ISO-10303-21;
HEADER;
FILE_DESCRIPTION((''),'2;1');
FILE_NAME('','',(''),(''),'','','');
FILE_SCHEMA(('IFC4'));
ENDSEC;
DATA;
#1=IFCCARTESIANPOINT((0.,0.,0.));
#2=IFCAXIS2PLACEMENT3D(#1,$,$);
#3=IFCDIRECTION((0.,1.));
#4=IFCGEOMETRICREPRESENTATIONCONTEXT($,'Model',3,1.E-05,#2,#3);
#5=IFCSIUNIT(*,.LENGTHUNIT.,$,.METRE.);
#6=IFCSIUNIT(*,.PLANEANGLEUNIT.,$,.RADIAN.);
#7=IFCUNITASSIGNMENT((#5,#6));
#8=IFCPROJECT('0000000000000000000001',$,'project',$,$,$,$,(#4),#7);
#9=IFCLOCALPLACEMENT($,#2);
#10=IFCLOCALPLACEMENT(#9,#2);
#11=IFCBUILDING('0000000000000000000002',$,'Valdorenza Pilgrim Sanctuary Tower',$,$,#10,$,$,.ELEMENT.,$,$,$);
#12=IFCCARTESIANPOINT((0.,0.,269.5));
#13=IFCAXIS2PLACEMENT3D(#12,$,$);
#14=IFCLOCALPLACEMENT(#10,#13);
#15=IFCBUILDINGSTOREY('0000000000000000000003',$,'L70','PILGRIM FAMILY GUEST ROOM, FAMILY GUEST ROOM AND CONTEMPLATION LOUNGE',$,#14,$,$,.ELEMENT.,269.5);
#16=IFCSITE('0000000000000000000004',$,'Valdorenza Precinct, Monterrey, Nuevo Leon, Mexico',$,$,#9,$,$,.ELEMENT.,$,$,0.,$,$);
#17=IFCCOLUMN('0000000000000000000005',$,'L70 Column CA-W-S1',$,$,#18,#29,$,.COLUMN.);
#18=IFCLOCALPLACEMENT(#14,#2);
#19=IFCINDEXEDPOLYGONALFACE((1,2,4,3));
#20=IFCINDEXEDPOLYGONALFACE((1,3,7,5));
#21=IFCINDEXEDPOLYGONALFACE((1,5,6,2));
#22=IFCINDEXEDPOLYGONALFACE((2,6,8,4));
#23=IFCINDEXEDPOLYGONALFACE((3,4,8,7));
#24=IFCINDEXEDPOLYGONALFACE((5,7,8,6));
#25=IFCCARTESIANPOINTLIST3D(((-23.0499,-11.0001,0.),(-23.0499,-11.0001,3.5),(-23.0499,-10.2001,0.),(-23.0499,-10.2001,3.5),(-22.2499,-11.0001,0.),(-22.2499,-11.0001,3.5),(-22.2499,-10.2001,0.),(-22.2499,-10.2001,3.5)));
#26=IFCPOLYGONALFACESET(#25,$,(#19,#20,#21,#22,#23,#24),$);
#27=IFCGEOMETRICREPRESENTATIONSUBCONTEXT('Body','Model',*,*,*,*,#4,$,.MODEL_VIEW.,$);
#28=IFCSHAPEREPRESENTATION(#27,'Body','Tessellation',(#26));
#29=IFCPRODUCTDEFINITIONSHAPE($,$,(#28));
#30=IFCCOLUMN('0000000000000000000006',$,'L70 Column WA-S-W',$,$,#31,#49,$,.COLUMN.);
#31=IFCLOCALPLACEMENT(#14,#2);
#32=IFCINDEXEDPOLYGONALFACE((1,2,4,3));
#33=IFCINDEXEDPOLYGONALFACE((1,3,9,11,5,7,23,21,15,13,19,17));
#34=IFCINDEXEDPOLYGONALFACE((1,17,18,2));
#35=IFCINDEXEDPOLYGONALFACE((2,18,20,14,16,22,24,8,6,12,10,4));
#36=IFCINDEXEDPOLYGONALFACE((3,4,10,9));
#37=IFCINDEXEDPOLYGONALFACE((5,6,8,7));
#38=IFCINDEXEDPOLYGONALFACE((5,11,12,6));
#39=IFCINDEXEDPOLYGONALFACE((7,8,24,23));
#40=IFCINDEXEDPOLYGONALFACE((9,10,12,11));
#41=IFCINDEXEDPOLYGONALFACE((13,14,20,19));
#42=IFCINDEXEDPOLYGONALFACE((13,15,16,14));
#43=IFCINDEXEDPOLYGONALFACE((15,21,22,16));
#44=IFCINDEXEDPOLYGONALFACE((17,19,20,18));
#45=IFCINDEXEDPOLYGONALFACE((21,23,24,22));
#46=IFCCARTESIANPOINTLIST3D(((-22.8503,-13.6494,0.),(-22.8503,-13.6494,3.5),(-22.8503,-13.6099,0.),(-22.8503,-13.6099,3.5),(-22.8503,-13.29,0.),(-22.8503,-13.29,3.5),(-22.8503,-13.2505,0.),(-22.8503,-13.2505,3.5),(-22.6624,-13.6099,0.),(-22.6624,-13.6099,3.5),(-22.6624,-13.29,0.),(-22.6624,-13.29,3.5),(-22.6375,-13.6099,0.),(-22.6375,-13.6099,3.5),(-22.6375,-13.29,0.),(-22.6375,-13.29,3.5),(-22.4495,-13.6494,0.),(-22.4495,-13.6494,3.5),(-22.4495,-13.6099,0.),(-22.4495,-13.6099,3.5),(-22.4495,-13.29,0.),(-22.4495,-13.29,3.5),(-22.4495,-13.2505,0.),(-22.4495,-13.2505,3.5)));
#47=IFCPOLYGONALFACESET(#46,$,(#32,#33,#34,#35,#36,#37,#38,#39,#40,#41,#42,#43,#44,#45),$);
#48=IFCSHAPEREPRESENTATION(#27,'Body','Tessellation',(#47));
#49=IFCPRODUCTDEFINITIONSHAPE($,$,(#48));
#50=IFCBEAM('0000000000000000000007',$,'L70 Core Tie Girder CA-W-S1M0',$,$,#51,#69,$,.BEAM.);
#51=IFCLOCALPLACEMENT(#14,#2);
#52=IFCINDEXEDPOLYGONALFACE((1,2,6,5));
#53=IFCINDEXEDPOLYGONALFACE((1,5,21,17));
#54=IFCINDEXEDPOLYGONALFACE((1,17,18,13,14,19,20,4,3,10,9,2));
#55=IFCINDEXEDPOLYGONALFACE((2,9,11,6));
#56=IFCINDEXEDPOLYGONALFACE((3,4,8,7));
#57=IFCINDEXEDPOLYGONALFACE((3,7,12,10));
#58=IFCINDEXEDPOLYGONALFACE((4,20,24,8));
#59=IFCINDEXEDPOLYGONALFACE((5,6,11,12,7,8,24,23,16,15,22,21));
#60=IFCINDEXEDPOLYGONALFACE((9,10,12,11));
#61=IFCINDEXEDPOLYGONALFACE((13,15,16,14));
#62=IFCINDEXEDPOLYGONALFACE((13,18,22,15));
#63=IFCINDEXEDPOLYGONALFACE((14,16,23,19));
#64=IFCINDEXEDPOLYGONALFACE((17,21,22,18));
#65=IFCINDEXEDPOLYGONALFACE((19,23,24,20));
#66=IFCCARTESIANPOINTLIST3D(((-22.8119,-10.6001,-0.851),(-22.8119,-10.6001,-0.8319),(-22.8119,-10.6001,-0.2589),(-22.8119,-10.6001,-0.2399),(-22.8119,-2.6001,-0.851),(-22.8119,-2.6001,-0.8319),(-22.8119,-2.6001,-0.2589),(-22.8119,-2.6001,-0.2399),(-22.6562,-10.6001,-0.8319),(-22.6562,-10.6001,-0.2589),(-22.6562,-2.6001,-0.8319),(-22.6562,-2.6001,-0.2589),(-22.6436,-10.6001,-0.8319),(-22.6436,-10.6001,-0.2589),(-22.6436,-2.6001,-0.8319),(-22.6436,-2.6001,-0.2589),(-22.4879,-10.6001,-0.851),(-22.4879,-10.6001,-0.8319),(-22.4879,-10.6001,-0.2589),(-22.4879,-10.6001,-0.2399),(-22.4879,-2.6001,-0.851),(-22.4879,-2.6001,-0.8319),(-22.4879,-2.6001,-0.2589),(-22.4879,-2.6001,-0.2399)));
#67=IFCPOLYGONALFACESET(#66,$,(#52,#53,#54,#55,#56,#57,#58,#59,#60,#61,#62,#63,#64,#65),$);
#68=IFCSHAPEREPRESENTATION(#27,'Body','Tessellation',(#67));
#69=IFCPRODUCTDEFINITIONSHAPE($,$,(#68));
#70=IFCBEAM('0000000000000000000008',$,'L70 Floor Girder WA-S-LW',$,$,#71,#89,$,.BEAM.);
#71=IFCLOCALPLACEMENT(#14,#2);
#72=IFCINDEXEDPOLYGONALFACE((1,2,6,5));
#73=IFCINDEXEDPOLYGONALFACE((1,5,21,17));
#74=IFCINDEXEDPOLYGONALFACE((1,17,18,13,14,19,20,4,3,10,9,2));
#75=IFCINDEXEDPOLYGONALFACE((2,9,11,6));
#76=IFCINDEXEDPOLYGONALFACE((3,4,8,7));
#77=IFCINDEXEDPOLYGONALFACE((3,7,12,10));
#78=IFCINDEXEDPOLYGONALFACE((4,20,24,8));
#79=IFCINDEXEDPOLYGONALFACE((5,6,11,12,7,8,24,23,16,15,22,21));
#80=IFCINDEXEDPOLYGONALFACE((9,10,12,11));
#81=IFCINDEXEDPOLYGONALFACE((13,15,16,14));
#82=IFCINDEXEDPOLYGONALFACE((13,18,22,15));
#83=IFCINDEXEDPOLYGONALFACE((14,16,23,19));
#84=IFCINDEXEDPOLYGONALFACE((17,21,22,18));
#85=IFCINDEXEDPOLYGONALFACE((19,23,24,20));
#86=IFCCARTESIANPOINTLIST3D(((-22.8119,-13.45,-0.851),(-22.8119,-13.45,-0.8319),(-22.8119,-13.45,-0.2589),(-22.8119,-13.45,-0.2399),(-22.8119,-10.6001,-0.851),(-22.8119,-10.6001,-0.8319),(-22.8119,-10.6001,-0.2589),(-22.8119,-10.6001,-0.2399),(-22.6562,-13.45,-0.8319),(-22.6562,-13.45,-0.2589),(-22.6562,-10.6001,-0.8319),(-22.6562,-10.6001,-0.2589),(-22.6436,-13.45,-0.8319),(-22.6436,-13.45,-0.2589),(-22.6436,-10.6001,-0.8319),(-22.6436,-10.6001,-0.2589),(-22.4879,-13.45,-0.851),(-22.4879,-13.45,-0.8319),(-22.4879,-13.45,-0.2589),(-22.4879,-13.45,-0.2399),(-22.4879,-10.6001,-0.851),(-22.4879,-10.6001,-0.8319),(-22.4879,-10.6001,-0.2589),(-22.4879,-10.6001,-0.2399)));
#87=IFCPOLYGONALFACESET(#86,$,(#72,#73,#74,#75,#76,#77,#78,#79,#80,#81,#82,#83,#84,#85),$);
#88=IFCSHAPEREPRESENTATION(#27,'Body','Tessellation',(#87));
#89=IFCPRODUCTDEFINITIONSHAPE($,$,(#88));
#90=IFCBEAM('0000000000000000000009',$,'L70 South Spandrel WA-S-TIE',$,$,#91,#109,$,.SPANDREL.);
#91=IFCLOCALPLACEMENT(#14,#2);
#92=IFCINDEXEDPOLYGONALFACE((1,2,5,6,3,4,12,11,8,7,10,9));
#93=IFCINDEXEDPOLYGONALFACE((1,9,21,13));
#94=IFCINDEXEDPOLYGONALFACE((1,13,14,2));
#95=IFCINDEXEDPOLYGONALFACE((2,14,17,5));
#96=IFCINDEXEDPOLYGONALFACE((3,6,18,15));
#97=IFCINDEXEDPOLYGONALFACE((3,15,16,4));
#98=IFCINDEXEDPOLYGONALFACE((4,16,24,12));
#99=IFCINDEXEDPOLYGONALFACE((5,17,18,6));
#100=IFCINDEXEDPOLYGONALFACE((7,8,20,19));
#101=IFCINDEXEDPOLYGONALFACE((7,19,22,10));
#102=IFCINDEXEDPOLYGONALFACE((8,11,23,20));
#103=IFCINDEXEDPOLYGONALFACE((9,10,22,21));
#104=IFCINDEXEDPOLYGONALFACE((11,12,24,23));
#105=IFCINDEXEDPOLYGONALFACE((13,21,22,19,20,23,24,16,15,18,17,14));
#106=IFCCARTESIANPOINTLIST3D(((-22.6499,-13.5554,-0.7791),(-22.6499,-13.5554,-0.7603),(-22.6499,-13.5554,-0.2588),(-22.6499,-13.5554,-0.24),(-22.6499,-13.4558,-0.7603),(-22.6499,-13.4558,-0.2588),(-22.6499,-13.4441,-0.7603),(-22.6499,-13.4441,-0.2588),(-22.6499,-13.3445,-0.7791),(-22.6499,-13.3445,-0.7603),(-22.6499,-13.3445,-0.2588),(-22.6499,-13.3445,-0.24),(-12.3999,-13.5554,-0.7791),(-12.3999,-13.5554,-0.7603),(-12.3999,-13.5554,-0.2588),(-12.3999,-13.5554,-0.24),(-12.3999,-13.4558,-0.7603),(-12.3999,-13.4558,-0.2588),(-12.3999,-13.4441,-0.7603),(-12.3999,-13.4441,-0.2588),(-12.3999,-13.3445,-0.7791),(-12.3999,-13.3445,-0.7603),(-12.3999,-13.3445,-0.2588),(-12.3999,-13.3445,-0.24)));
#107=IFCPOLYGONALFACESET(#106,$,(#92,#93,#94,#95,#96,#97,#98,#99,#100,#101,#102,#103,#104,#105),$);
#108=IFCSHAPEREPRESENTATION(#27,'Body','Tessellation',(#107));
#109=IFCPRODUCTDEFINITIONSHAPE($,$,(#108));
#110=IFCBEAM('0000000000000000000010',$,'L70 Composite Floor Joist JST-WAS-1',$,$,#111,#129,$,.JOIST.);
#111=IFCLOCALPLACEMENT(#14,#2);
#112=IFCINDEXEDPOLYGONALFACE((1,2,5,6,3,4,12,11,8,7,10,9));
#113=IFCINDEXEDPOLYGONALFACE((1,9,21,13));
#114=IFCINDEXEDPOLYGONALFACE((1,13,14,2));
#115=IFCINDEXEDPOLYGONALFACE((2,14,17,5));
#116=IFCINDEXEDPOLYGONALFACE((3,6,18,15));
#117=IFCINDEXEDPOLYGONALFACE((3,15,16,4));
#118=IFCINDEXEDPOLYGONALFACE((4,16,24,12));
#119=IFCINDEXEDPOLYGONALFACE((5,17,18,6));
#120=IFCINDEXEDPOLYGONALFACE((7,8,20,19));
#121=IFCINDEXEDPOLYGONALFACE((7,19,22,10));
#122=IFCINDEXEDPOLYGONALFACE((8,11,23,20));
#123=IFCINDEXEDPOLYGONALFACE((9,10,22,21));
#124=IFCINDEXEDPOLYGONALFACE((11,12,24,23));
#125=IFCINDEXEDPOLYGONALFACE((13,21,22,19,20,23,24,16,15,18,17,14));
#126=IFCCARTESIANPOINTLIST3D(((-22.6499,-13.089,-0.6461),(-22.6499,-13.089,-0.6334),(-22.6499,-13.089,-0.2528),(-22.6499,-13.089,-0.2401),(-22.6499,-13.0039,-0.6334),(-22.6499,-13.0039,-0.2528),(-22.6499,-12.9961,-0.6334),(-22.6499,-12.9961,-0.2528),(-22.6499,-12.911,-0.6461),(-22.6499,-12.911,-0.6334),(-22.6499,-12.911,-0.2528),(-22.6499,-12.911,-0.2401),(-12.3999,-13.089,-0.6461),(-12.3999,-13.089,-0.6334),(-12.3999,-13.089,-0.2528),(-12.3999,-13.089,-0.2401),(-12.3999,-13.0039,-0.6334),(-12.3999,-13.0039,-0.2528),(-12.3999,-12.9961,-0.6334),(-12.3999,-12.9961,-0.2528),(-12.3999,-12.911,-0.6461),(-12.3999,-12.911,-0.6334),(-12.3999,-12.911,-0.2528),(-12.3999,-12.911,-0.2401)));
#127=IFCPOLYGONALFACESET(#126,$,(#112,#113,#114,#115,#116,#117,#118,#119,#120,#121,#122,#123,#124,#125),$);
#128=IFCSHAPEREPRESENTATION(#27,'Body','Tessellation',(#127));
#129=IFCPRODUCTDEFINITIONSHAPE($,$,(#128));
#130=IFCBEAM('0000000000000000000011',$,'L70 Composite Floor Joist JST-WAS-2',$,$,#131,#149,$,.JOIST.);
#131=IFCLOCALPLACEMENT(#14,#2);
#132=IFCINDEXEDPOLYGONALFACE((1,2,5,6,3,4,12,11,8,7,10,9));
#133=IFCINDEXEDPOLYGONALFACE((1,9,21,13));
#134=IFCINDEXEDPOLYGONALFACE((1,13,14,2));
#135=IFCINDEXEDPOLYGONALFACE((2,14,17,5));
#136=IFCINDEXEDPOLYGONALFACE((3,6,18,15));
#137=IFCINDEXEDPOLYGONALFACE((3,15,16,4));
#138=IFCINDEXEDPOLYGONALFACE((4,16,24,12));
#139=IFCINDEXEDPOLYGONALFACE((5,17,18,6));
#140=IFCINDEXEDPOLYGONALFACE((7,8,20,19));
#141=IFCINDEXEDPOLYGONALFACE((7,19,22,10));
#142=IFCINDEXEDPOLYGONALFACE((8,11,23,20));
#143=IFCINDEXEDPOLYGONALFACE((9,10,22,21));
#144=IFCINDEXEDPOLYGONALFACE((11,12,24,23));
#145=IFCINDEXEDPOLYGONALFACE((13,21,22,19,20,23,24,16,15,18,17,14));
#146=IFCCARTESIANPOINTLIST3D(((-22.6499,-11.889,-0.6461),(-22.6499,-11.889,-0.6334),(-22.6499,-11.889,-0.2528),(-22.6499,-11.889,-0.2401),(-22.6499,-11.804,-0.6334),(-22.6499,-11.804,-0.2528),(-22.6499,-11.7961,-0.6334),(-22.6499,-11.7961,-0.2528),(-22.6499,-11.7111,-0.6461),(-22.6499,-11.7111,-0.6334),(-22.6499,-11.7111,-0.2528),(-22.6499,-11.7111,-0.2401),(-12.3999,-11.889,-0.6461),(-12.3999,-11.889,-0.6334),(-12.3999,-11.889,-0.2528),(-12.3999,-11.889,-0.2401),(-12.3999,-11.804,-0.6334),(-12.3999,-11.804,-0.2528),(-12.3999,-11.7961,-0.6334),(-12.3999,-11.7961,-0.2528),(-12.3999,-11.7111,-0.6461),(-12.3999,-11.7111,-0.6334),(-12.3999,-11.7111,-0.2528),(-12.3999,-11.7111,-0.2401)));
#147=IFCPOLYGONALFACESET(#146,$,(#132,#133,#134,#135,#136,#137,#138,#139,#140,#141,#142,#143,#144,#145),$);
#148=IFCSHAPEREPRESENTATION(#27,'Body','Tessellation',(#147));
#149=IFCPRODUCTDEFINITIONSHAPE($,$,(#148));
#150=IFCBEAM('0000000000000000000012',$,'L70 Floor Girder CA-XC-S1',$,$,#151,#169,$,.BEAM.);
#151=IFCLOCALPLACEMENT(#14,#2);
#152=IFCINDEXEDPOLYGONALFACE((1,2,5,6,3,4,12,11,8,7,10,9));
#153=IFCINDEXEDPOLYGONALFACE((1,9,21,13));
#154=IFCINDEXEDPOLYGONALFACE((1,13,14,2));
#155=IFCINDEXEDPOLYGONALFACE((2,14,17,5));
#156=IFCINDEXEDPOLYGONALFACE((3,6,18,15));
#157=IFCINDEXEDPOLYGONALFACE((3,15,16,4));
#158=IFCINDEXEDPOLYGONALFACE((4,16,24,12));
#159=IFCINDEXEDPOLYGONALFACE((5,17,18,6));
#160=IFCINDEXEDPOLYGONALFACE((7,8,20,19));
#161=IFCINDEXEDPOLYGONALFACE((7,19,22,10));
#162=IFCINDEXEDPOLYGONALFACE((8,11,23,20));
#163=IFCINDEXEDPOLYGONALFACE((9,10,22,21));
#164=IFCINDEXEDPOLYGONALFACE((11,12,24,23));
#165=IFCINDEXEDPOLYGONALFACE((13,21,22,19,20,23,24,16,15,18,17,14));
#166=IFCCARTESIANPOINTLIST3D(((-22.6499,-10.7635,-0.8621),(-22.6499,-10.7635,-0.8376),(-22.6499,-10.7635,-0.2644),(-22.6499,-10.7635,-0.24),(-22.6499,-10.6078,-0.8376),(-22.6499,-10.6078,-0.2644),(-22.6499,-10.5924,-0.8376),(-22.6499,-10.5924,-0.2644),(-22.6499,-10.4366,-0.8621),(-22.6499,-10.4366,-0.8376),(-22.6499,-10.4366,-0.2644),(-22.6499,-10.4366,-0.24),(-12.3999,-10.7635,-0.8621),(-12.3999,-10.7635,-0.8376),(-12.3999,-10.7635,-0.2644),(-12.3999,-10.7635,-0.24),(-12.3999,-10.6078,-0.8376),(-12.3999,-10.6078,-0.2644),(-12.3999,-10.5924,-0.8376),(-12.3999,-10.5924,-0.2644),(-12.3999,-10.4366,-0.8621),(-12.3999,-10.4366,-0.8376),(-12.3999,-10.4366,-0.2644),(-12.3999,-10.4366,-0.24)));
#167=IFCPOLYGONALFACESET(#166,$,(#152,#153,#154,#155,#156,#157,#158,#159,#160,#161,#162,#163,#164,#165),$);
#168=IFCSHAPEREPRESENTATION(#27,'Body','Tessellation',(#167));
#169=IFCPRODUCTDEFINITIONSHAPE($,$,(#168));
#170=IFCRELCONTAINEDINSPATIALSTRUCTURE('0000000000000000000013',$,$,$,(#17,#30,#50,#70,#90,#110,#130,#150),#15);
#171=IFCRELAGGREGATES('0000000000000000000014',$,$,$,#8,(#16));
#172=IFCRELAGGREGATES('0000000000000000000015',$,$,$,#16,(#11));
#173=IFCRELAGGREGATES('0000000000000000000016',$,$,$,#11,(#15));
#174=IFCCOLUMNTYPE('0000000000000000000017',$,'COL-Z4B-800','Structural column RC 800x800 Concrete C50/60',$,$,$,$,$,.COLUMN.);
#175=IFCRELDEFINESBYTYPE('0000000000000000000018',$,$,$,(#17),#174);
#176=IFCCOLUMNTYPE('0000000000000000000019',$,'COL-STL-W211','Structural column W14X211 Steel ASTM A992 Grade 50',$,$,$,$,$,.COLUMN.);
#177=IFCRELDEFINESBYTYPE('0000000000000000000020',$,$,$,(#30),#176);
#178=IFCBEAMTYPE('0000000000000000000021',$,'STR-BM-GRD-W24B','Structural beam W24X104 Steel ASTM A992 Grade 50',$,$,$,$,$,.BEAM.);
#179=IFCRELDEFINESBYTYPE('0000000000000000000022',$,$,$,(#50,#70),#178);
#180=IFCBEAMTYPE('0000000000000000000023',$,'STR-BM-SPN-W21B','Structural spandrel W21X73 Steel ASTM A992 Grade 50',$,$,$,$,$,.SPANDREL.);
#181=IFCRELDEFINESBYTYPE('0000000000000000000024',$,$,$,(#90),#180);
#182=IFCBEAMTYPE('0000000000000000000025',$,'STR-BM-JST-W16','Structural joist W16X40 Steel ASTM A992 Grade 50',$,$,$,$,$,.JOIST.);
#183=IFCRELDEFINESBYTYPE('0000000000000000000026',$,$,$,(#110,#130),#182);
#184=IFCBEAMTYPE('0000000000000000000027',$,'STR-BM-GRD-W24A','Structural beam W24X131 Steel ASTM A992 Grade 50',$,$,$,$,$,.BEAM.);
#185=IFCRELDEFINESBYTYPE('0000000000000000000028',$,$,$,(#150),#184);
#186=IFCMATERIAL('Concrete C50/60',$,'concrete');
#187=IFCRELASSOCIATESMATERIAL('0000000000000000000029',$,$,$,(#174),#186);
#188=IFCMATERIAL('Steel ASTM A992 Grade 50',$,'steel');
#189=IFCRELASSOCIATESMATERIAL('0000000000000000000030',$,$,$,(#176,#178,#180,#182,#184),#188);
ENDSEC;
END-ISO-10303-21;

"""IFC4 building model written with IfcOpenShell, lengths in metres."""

from ifc_helpers import new_model, si_unit, direction, frame, origin, origin_2d, place, context, subcontext, project, spatial, rectangle, i_section, extrude, source, transform, mapped, material, material_profile, profile_set, type_object, element, save


model = new_model("IFC4")

# Units and contexts
model_context = context("Model", 3, precision=1e-05, world=origin(), true_north=direction((0.0, 1.0)))
body_context = subcontext(model_context, "Body", "Model", "MODEL_VIEW")
ifc_project = project(units=[si_unit("LENGTHUNIT", "METRE"), si_unit("PLANEANGLEUNIT", "RADIAN")], contexts=[model_context])

# Site, building, storey
site_placement = place(None, origin())
site = spatial("IfcSite", under=ifc_project, at=site_placement, Name="Valdorenza Precinct, Monterrey, Nuevo Leon, Mexico", CompositionType="ELEMENT", RefElevation=0.0)
building_placement = place(site_placement, origin())
building = spatial("IfcBuilding", under=site, at=building_placement, Name="Valdorenza Pilgrim Sanctuary Tower", CompositionType="ELEMENT")
storey_placement = place(building_placement, frame((0.0, 0.0, 269.5)))
storey = spatial("IfcBuildingStorey", under=building, at=storey_placement, Name="L70", Description="PILGRIM FAMILY GUEST ROOM, FAMILY GUEST ROOM AND CONTEMPLATION LOUNGE", CompositionType="ELEMENT", Elevation=269.5)

# Columns
ifc_material_1 = material(Name="Concrete C50/60", Category="concrete")
ifc_material_profile_1 = material_profile(ifc_material_1, rectangle(XDim=0.8, YDim=0.8, at=origin_2d()), Name="RC 800x800")
ifc_profile_set_1 = profile_set([ifc_material_profile_1], Name="Concrete C50/60")
column_type_1 = type_object("IfcColumnType", Name="COL-Z4B-800", Description="Structural column RC 800x800 Concrete C50/60", PredefinedType="COLUMN", material=ifc_profile_set_1)
shared_shape_1 = source(origin(), body_context, "Body", "SweptSolid", [
    extrude(rectangle(XDim=0.8, YDim=0.8, at=origin_2d()), origin(), (0.0, 0.0, 1.0), 3.5),
])
column_1_placement = place(storey_placement, frame((-22.6499, -10.6001, 0.0), z_axis=(0.0, 0.0, 1.0), x_axis=(1.0, 0.0, 0.0)))
element("IfcColumn", 1, at=column_1_placement, inside=storey, type_object=column_type_1, Name="L70 Column CA-W-S1", PredefinedType="COLUMN", context=body_context, shape_type="MappedRepresentation", body=[
    mapped(shared_shape_1, transform((0.0, 0.0, 0.0), x_axis=(1.0, 0.0, 0.0), y_axis=(0.0, 1.0, 0.0), z_axis=(0.0, 0.0, 1.0), scale=1.0)),
])
ifc_material_2 = material(Name="Steel ASTM A992 Grade 50", Category="steel")
ifc_material_profile_2 = material_profile(ifc_material_2, i_section(OverallWidth=0.4009, OverallDepth=0.3989, WebThickness=0.0249, FlangeThickness=0.0396, at=origin_2d()), Name="W14X211")
ifc_profile_set_2 = profile_set([ifc_material_profile_2], Name="Steel ASTM A992 Grade 50")
column_type_2 = type_object("IfcColumnType", Name="COL-STL-W211", Description="Structural column W14X211 Steel ASTM A992 Grade 50", PredefinedType="COLUMN", material=ifc_profile_set_2)
shared_shape_2 = source(origin(), body_context, "Body", "SweptSolid", [
    extrude(i_section(OverallWidth=0.4009, OverallDepth=0.3989, WebThickness=0.0249, FlangeThickness=0.0396, at=origin_2d()), origin(), (0.0, 0.0, 1.0), 3.5),
])
column_2_placement = place(storey_placement, frame((-22.6499, -13.45, 0.0), z_axis=(0.0, 0.0, 1.0), x_axis=(1.0, 0.0, 0.0)))
element("IfcColumn", 2, at=column_2_placement, inside=storey, type_object=column_type_2, Name="L70 Column WA-S-W", PredefinedType="COLUMN", context=body_context, shape_type="MappedRepresentation", body=[
    mapped(shared_shape_2, transform((0.0, 0.0, 0.0), x_axis=(1.0, 0.0, 0.0), y_axis=(0.0, 1.0, 0.0), z_axis=(0.0, 0.0, 1.0), scale=1.0)),
])

# Beams
ifc_material_profile_3 = material_profile(ifc_material_2, i_section(OverallWidth=0.324, OverallDepth=0.6111, WebThickness=0.0127, FlangeThickness=0.019, at=origin_2d()), Name="W24X104")
ifc_profile_set_3 = profile_set([ifc_material_profile_3], Name="Steel ASTM A992 Grade 50")
beam_type_1 = type_object("IfcBeamType", Name="STR-BM-GRD-W24B", Description="Structural beam W24X104 Steel ASTM A992 Grade 50", PredefinedType="BEAM", material=ifc_profile_set_3)
shared_shape_3 = source(origin(), body_context, "Body", "SweptSolid", [
    extrude(i_section(OverallWidth=0.324, OverallDepth=0.6111, WebThickness=0.0127, FlangeThickness=0.019, at=origin_2d()), origin(), (0.0, 0.0, 1.0), 8.0),
])
beam_1_placement = place(storey_placement, frame((-22.6499, -10.6001, -0.5454), z_axis=(0.0, 1.0, 0.0), x_axis=(-1.0, 0.0, 0.0)))
element("IfcBeam", 3, at=beam_1_placement, inside=storey, type_object=beam_type_1, Name="L70 Core Tie Girder CA-W-S1M0", PredefinedType="BEAM", context=body_context, shape_type="MappedRepresentation", body=[
    mapped(shared_shape_3, transform((0.0, 0.0, 0.0), x_axis=(1.0, 0.0, 0.0), y_axis=(0.0, 1.0, 0.0), z_axis=(0.0, 0.0, 1.0), scale=1.0)),
])
shared_shape_4 = source(origin(), body_context, "Body", "SweptSolid", [
    extrude(i_section(OverallWidth=0.324, OverallDepth=0.6111, WebThickness=0.0127, FlangeThickness=0.019, at=origin_2d()), origin(), (0.0, 0.0, 1.0), 2.8499),
])
beam_2_placement = place(storey_placement, frame((-22.6499, -13.45, -0.5454), z_axis=(0.0, 1.0, 0.0), x_axis=(-1.0, 0.0, 0.0)))
element("IfcBeam", 4, at=beam_2_placement, inside=storey, type_object=beam_type_1, Name="L70 Floor Girder WA-S-LW", PredefinedType="BEAM", context=body_context, shape_type="MappedRepresentation", body=[
    mapped(shared_shape_4, transform((0.0, 0.0, 0.0), x_axis=(1.0, 0.0, 0.0), y_axis=(0.0, 1.0, 0.0), z_axis=(0.0, 0.0, 1.0), scale=1.0)),
])
ifc_material_profile_4 = material_profile(ifc_material_2, i_section(OverallWidth=0.2109, OverallDepth=0.5391, WebThickness=0.0117, FlangeThickness=0.0188, at=origin_2d()), Name="W21X73")
ifc_profile_set_4 = profile_set([ifc_material_profile_4], Name="Steel ASTM A992 Grade 50")
beam_type_2 = type_object("IfcBeamType", Name="STR-BM-SPN-W21B", Description="Structural spandrel W21X73 Steel ASTM A992 Grade 50", PredefinedType="SPANDREL", material=ifc_profile_set_4)
shared_shape_5 = source(origin(), body_context, "Body", "SweptSolid", [
    extrude(i_section(OverallWidth=0.2109, OverallDepth=0.5391, WebThickness=0.0117, FlangeThickness=0.0188, at=origin_2d()), origin(), (0.0, 0.0, 1.0), 10.25),
])
beam_3_placement = place(storey_placement, frame((-22.6499, -13.45, -0.5095), z_axis=(1.0, 0.0, 0.0), x_axis=(0.0, 1.0, 0.0)))
element("IfcBeam", 5, at=beam_3_placement, inside=storey, type_object=beam_type_2, Name="L70 South Spandrel WA-S-TIE", PredefinedType="SPANDREL", context=body_context, shape_type="MappedRepresentation", body=[
    mapped(shared_shape_5, transform((0.0, 0.0, 0.0), x_axis=(1.0, 0.0, 0.0), y_axis=(0.0, 1.0, 0.0), z_axis=(0.0, 0.0, 1.0), scale=1.0)),
])
ifc_material_profile_5 = material_profile(ifc_material_2, i_section(OverallWidth=0.178, OverallDepth=0.406, WebThickness=0.0078, FlangeThickness=0.0127, at=origin_2d()), Name="W16X40")
ifc_profile_set_5 = profile_set([ifc_material_profile_5], Name="Steel ASTM A992 Grade 50")
beam_type_3 = type_object("IfcBeamType", Name="STR-BM-JST-W16", Description="Structural joist W16X40 Steel ASTM A992 Grade 50", PredefinedType="JOIST", material=ifc_profile_set_5)
shared_shape_6 = source(origin(), body_context, "Body", "SweptSolid", [
    extrude(i_section(OverallWidth=0.178, OverallDepth=0.406, WebThickness=0.0078, FlangeThickness=0.0127, at=origin_2d()), origin(), (0.0, 0.0, 1.0), 10.25),
])
for number, where, z_axis, x_axis, name in (
    (6, (-22.6499, -13.0, -0.4431), (1.0, 0.0, 0.0), (0.0, 1.0, 0.0), "L70 Composite Floor Joist JST-WAS-1"),
    (7, (-22.6499, -11.8, -0.4431), (1.0, 0.0, 0.0), (0.0, 1.0, 0.0), "L70 Composite Floor Joist JST-WAS-2"),
):
    element("IfcBeam", number, at=place(storey_placement, frame(where, z_axis=z_axis, x_axis=x_axis)), inside=storey, type_object=beam_type_3, Name=name, PredefinedType="JOIST", context=body_context, shape_type="MappedRepresentation", body=[
        mapped(shared_shape_6, transform((0.0, 0.0, 0.0), x_axis=(1.0, 0.0, 0.0), y_axis=(0.0, 1.0, 0.0), z_axis=(0.0, 0.0, 1.0), scale=1.0)),
    ])
ifc_material_profile_6 = material_profile(ifc_material_2, i_section(OverallWidth=0.3269, OverallDepth=0.6221, WebThickness=0.0154, FlangeThickness=0.0244, at=origin_2d()), Name="W24X131")
ifc_profile_set_6 = profile_set([ifc_material_profile_6], Name="Steel ASTM A992 Grade 50")
beam_type_4 = type_object("IfcBeamType", Name="STR-BM-GRD-W24A", Description="Structural beam W24X131 Steel ASTM A992 Grade 50", PredefinedType="BEAM", material=ifc_profile_set_6)
shared_shape_7 = source(origin(), body_context, "Body", "SweptSolid", [
    extrude(i_section(OverallWidth=0.3269, OverallDepth=0.6221, WebThickness=0.0154, FlangeThickness=0.0244, at=origin_2d()), origin(), (0.0, 0.0, 1.0), 10.25),
])
beam_4_placement = place(storey_placement, frame((-22.6499, -10.6001, -0.551), z_axis=(1.0, 0.0, 0.0), x_axis=(0.0, 1.0, 0.0)))
element("IfcBeam", 8, at=beam_4_placement, inside=storey, type_object=beam_type_4, Name="L70 Floor Girder CA-XC-S1", PredefinedType="BEAM", context=body_context, shape_type="MappedRepresentation", body=[
    mapped(shared_shape_7, transform((0.0, 0.0, 0.0), x_axis=(1.0, 0.0, 0.0), y_axis=(0.0, 1.0, 0.0), z_axis=(0.0, 0.0, 1.0), scale=1.0)),
])

save(model, "model.ifc")
